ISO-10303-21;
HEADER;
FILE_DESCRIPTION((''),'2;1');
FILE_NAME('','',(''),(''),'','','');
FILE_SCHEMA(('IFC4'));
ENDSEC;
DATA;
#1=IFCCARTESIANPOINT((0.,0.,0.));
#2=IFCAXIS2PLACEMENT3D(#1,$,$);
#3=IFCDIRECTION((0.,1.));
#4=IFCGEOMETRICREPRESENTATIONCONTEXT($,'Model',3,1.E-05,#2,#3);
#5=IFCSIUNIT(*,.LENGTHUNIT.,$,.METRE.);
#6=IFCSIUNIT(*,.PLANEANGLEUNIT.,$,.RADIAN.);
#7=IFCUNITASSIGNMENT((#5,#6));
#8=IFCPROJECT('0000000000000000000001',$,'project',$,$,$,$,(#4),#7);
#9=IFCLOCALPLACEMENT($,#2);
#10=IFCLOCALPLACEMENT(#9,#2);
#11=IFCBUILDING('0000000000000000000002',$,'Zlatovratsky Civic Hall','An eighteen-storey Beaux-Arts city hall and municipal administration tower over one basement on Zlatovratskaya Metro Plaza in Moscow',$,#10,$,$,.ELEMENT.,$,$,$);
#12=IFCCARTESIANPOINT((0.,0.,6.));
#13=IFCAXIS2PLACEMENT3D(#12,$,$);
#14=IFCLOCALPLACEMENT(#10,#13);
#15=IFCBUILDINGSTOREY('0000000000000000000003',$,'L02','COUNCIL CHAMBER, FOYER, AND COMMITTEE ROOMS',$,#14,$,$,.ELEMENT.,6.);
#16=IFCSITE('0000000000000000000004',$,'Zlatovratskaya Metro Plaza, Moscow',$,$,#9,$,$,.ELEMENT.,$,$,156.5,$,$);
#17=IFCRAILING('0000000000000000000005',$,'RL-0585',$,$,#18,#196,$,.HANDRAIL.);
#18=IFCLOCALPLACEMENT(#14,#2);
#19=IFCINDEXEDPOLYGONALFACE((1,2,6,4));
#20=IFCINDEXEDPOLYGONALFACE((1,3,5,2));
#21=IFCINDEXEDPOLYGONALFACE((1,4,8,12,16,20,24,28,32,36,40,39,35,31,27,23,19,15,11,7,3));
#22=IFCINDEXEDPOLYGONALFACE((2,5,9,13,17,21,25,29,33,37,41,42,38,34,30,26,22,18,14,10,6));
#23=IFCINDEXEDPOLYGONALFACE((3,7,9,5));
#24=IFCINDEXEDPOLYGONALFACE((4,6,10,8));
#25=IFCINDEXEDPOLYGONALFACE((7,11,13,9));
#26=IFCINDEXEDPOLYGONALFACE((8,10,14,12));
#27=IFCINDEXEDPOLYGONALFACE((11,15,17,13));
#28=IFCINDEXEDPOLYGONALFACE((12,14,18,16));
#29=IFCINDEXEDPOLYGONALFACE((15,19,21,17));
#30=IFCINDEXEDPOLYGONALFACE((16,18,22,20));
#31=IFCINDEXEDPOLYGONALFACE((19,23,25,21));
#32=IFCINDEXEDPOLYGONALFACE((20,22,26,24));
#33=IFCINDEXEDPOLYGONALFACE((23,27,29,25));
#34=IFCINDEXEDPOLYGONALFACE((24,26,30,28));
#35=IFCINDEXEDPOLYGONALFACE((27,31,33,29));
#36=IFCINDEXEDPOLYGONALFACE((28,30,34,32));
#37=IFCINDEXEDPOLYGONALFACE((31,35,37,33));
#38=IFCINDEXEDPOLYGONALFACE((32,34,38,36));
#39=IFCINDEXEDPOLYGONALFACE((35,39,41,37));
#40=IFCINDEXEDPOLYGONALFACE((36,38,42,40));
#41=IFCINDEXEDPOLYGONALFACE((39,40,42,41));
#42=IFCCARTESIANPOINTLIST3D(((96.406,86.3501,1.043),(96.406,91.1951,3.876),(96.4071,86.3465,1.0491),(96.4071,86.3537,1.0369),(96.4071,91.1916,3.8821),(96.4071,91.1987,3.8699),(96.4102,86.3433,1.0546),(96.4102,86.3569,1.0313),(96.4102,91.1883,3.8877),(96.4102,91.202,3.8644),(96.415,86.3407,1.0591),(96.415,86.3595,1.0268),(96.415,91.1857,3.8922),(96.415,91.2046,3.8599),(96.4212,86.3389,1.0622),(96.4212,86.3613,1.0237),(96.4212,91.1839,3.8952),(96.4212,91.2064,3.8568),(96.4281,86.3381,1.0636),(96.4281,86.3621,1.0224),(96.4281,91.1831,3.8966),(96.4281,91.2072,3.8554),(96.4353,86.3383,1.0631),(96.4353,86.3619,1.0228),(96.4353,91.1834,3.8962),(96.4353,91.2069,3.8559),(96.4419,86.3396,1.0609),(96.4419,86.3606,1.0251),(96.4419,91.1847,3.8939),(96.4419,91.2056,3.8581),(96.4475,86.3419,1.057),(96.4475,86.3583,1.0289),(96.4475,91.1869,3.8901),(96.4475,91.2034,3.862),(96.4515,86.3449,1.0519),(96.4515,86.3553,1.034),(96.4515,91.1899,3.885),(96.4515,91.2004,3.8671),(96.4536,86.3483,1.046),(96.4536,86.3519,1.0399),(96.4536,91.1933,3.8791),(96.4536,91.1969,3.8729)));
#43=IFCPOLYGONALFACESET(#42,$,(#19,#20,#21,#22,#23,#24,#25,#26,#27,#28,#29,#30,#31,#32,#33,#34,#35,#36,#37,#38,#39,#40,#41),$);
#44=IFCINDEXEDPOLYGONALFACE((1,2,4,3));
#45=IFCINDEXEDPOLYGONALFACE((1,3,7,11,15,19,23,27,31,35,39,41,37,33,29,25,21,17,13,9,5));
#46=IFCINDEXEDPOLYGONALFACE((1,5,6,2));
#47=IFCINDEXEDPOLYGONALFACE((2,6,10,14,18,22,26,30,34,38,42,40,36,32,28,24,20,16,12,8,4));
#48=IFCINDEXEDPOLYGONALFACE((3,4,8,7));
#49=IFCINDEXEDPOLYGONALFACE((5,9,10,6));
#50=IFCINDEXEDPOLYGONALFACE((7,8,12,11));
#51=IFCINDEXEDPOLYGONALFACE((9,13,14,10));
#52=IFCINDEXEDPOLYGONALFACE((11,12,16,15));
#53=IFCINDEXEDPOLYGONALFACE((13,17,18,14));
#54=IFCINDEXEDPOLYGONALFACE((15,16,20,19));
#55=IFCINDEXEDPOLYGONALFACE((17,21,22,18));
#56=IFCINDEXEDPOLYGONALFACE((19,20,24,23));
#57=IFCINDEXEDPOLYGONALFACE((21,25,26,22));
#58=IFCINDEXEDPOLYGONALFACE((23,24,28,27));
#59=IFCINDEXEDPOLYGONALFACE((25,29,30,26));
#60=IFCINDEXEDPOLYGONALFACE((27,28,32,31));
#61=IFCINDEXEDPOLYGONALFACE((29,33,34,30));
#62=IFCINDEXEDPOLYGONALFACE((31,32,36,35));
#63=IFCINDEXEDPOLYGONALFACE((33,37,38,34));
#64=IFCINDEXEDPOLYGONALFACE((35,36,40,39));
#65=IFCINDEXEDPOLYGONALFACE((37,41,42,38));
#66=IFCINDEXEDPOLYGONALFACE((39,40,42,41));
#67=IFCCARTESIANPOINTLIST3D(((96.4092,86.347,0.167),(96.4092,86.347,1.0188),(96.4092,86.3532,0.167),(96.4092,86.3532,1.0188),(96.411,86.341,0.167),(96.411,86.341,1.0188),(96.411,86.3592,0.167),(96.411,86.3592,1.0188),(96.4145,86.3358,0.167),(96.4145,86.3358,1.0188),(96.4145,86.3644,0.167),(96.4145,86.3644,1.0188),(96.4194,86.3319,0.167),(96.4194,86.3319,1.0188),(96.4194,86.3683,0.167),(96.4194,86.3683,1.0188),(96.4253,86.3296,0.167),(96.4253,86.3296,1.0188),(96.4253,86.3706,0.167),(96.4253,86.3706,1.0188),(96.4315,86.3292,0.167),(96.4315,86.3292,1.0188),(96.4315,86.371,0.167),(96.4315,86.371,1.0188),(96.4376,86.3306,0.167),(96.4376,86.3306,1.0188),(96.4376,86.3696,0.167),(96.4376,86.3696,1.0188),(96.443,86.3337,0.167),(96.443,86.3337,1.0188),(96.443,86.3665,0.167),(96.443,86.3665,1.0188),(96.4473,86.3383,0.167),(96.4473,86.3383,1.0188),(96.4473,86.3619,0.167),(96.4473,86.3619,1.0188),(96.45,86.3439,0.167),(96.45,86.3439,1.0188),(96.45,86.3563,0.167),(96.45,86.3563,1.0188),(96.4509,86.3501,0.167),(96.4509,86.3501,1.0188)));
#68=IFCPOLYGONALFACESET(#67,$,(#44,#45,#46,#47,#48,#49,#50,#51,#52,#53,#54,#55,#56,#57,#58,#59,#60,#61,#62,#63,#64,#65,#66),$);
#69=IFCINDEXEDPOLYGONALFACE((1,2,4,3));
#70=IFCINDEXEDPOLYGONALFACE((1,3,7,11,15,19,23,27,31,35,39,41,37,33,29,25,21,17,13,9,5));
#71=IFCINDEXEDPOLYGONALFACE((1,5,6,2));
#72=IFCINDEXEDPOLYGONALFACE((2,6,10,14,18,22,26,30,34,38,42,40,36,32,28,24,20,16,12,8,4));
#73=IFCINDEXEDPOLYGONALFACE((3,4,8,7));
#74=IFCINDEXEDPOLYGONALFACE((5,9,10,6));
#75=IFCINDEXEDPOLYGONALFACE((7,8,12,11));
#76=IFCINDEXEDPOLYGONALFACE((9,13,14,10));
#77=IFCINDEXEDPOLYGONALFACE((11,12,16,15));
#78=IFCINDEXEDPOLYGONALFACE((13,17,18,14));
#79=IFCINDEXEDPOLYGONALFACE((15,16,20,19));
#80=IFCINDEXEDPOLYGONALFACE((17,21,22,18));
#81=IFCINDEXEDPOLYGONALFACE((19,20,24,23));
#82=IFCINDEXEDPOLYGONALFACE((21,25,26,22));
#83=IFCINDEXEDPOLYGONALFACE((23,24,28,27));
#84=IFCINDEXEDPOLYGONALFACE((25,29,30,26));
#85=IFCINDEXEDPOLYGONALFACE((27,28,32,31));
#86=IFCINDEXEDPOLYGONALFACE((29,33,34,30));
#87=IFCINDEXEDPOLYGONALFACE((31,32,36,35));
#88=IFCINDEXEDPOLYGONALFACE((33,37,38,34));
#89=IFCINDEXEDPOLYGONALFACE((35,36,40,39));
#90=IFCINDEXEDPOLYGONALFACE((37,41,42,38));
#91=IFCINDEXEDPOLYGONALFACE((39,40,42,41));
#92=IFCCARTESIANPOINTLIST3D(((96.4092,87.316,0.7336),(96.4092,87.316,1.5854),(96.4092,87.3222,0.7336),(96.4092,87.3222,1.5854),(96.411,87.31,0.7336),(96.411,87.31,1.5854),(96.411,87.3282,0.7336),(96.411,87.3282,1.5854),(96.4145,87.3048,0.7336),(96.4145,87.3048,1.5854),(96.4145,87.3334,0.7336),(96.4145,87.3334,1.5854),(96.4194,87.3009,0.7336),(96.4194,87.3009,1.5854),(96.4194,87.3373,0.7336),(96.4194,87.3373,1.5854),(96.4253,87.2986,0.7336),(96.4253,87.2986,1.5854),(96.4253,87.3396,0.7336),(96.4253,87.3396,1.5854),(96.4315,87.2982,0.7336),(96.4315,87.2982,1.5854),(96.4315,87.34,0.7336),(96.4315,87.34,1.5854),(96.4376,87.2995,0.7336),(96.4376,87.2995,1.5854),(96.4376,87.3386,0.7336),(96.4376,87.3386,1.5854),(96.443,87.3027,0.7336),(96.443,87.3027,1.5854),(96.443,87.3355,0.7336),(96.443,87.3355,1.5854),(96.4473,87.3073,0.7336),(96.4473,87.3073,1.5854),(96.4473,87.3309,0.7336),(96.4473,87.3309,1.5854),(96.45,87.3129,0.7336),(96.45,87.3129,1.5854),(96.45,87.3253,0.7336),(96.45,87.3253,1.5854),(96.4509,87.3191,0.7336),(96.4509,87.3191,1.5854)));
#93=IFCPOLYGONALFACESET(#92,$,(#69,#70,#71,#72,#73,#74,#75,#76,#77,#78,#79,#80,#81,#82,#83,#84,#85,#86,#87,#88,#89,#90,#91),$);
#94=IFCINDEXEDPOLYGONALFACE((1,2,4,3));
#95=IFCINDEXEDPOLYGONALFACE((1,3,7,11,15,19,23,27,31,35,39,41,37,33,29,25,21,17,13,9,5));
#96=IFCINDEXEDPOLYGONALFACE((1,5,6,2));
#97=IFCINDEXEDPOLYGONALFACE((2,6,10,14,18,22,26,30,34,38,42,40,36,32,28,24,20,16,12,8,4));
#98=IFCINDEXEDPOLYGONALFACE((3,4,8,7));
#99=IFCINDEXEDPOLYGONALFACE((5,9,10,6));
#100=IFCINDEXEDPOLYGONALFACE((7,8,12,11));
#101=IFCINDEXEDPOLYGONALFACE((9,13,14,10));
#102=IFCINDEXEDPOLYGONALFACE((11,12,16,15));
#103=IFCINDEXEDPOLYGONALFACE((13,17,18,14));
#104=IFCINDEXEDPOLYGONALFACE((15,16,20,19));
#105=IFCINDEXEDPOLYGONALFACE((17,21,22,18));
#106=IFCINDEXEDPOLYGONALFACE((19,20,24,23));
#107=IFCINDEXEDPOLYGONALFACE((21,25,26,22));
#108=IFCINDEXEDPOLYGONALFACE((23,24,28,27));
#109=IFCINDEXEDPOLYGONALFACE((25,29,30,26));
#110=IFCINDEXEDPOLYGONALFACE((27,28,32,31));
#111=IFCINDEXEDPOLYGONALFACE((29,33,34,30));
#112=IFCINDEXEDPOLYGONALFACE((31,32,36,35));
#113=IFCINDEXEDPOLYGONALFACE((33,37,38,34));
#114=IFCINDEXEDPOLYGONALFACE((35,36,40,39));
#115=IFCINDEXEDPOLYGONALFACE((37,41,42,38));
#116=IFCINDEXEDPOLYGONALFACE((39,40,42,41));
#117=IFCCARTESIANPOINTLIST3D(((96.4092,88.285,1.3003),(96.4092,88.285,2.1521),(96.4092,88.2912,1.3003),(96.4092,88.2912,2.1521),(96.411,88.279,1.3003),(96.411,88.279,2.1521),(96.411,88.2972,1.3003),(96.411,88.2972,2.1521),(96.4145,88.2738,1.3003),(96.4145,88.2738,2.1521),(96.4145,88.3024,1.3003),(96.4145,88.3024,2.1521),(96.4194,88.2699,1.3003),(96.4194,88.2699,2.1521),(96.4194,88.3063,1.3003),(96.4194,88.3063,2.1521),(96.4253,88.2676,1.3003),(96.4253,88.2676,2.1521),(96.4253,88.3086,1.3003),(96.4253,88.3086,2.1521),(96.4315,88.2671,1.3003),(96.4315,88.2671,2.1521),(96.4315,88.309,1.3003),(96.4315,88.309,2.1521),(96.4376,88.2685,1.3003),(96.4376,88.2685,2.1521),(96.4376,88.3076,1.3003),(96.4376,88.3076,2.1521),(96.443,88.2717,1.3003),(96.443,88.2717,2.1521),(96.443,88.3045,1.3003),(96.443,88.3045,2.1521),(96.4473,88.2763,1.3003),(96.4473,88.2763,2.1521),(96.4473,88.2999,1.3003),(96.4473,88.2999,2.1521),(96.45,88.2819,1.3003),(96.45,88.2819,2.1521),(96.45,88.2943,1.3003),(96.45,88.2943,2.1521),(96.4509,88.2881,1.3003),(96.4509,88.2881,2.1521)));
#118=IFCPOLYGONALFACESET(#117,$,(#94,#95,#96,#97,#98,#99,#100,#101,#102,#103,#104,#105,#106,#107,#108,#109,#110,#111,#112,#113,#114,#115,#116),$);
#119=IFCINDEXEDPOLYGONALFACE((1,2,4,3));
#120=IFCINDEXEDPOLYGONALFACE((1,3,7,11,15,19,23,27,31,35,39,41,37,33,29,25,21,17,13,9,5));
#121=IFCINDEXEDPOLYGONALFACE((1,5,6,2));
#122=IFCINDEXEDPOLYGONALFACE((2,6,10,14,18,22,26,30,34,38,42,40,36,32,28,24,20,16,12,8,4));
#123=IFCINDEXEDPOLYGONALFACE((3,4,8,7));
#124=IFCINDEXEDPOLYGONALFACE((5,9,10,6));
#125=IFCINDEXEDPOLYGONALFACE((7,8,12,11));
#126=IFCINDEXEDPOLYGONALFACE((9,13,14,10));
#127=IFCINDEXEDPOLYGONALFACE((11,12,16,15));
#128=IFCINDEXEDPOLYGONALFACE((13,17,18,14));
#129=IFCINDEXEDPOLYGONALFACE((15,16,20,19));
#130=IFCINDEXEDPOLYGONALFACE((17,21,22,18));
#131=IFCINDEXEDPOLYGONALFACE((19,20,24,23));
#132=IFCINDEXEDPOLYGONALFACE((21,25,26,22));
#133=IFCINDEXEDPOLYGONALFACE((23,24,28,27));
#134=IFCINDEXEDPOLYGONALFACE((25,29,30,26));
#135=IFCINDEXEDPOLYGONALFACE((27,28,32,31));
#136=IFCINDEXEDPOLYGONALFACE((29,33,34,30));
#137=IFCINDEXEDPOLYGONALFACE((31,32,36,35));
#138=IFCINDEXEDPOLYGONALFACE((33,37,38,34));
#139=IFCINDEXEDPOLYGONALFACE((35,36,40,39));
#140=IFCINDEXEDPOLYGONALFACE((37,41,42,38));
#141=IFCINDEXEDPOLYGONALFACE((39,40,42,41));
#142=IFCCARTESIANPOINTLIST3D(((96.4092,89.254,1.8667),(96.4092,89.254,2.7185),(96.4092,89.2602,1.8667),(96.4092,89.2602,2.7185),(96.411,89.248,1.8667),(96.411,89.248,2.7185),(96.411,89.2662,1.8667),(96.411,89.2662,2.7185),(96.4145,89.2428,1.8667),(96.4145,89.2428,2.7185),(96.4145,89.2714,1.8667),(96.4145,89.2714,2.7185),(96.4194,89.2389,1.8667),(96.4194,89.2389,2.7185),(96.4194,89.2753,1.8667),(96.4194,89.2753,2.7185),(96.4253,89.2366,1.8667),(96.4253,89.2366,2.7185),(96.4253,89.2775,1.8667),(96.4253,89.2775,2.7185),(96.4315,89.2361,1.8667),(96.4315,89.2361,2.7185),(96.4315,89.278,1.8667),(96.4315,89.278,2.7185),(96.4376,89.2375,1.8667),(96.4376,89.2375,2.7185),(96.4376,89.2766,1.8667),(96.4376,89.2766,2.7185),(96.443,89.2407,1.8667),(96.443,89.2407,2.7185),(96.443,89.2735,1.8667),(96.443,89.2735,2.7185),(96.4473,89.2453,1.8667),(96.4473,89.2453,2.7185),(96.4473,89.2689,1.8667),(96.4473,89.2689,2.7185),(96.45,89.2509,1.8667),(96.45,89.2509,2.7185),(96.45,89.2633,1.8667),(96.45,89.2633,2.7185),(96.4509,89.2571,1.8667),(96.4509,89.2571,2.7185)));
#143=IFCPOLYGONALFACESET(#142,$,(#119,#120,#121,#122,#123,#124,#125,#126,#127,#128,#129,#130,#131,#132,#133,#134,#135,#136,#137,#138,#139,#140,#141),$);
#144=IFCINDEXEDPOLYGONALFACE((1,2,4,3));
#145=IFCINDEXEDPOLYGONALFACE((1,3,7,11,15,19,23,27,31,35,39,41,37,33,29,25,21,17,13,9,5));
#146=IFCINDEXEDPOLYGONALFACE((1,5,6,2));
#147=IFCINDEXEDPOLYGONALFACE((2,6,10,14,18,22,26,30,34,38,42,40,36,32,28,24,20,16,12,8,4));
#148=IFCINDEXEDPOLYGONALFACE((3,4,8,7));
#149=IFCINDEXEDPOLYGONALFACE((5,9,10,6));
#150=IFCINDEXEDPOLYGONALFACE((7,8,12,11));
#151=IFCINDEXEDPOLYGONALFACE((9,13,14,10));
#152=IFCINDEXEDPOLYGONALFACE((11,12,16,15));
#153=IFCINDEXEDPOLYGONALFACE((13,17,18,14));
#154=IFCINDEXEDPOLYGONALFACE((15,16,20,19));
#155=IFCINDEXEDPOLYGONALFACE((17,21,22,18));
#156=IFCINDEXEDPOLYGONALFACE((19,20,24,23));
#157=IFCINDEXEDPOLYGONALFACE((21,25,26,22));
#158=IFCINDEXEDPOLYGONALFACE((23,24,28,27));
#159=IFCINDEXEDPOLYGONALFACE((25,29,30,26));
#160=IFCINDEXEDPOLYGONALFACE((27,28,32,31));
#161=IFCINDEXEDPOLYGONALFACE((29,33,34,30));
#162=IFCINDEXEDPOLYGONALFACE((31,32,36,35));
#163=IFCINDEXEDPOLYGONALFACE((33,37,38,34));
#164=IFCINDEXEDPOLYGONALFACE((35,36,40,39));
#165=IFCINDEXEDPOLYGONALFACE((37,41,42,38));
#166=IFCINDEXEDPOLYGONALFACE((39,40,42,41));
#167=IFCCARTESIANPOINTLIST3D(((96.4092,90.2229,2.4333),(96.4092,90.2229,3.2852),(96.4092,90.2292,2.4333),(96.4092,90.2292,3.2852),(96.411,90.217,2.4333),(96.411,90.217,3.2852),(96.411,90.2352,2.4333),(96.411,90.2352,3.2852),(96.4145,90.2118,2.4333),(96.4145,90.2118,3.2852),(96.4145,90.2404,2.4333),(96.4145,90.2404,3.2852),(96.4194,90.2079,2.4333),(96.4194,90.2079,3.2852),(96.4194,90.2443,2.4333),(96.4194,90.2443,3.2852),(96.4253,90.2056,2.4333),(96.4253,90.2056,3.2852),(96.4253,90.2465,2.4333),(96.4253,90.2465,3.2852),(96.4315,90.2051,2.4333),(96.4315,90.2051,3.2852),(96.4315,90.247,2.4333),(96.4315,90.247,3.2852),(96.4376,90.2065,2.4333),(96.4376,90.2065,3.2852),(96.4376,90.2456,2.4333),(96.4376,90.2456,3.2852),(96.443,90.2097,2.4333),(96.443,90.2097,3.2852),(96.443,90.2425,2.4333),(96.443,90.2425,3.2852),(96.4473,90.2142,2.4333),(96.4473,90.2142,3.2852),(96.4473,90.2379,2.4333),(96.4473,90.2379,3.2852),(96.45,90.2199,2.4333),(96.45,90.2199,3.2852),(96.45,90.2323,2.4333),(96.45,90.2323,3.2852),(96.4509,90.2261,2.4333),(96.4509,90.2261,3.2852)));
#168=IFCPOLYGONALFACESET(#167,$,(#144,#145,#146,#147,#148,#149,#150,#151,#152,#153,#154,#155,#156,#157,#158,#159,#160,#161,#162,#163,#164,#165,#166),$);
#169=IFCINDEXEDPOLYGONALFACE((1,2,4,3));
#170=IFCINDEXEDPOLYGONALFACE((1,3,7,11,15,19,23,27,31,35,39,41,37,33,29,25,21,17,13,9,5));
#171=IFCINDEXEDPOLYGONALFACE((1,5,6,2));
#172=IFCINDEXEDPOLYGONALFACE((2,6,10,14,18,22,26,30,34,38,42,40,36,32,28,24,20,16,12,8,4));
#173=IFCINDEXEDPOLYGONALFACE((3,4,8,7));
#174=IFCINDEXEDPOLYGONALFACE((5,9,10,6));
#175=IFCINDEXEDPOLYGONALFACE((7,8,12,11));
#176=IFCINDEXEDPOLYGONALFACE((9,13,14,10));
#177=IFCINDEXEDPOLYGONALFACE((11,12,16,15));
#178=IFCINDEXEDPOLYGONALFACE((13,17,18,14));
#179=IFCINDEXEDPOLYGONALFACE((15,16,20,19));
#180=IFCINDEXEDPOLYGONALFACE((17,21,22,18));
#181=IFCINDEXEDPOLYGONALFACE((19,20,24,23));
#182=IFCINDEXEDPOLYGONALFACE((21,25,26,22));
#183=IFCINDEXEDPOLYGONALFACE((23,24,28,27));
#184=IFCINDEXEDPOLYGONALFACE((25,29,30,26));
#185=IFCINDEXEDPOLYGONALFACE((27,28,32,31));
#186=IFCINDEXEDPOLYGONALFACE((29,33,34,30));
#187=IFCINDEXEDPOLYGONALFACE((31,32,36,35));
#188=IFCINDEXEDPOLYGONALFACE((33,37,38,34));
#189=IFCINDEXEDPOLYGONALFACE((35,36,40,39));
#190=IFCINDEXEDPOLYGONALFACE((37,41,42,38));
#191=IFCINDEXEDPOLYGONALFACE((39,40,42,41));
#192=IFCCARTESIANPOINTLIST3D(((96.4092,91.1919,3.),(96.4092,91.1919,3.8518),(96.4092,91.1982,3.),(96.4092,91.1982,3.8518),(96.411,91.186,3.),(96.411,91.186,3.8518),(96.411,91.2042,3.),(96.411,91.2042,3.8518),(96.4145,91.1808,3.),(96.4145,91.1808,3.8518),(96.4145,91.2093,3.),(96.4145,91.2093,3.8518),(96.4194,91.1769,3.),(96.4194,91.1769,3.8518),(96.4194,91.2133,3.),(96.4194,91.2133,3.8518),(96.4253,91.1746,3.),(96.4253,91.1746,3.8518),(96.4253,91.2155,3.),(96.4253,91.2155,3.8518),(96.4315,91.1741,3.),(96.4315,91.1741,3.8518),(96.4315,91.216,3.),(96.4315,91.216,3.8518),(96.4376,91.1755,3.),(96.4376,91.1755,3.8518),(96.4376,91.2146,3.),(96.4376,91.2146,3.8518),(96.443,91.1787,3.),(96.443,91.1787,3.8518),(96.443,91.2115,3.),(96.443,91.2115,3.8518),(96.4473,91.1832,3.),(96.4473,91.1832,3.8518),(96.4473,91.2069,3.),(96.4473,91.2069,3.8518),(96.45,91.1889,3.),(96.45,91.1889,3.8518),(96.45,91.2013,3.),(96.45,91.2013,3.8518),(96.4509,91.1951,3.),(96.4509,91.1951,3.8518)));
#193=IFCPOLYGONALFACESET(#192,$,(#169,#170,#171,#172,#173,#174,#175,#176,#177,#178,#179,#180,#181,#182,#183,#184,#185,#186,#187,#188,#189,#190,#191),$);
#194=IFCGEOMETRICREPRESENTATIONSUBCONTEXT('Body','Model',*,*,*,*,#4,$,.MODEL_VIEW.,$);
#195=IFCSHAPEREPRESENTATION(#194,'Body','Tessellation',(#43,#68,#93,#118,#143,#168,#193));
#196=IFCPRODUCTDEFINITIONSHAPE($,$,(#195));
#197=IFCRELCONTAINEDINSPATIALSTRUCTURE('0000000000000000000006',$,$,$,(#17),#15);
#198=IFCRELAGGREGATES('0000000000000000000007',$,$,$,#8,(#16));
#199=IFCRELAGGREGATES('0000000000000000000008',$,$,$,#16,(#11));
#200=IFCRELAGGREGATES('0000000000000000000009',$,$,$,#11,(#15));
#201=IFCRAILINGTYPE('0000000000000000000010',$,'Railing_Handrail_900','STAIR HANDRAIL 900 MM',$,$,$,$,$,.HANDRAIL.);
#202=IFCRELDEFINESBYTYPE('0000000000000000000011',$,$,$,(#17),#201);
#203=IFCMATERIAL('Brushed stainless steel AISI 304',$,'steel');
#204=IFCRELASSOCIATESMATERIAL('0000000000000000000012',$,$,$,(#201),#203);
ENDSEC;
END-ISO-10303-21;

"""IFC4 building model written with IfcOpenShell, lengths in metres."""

from ifc_helpers import new_model, si_unit, direction, frame, origin, origin_2d, place, context, subcontext, project, spatial, circle, extrude, material, type_object, element, save


model = new_model("IFC4")

# Units and contexts
model_context = context("Model", 3, precision=1e-05, world=origin(), true_north=direction((0.0, 1.0)))
body_context = subcontext(model_context, "Body", "Model", "MODEL_VIEW")
ifc_project = project(units=[si_unit("LENGTHUNIT", "METRE"), si_unit("PLANEANGLEUNIT", "RADIAN")], contexts=[model_context])

# Site, building, storey
site_placement = place(None, origin())
site = spatial("IfcSite", under=ifc_project, at=site_placement, Name="Zlatovratskaya Metro Plaza, Moscow", CompositionType="ELEMENT", RefElevation=156.5)
building_placement = place(site_placement, origin())
building = spatial("IfcBuilding", under=site, at=building_placement, Name="Zlatovratsky Civic Hall", Description="An eighteen-storey Beaux-Arts city hall and municipal administration tower over one basement on Zlatovratskaya Metro Plaza in Moscow", CompositionType="ELEMENT")
storey_placement = place(building_placement, frame((0.0, 0.0, 6.0)))
storey = spatial("IfcBuildingStorey", under=building, at=storey_placement, Name="L02", Description="COUNCIL CHAMBER, FOYER, AND COMMITTEE ROOMS", CompositionType="ELEMENT", Elevation=6.0)

# Shared definitions
ifc_material_1 = material(Name="Brushed stainless steel AISI 304", Category="steel")

# Railing
railing_type_1 = type_object("IfcRailingType", Name="Railing_Handrail_900", Description="STAIR HANDRAIL 900 MM", PredefinedType="HANDRAIL", material=ifc_material_1)
railing_1_placement = place(storey_placement, frame((96.4299, 86.3501, 0.167)))
element("IfcRailing", 1, at=railing_1_placement, inside=storey, type_object=railing_type_1, Name="RL-0585", PredefinedType="HANDRAIL", context=body_context, shape_type="SweptSolid", body=[
    extrude(circle(Radius=0.0239, at=origin_2d()), frame((0.0, 0.0, 0.876), z_axis=(0.0, 0.863253, 0.504771), x_axis=(-1.0, 0.0, 0.0)), (0.0, 0.0, 1.0), 5.6125),
    extrude(circle(Radius=0.021, at=origin_2d()), origin(), (0.0, 0.0, 1.0), 0.8518),
    extrude(circle(Radius=0.021, at=origin_2d()), frame((0.0, 0.969, 0.5667)), (0.0, 0.0, 1.0), 0.8518),
    extrude(circle(Radius=0.021, at=origin_2d()), frame((0.0, 1.938, 1.1333)), (0.0, 0.0, 1.0), 0.8518),
    extrude(circle(Radius=0.021, at=origin_2d()), frame((0.0, 2.907, 1.6997)), (0.0, 0.0, 1.0), 0.8518),
    extrude(circle(Radius=0.021, at=origin_2d()), frame((0.0, 3.876, 2.2664)), (0.0, 0.0, 1.0), 0.8518),
    extrude(circle(Radius=0.021, at=origin_2d()), frame((0.0, 4.845, 2.833)), (0.0, 0.0, 1.0), 0.8518),
])

save(model, "model.ifc")
